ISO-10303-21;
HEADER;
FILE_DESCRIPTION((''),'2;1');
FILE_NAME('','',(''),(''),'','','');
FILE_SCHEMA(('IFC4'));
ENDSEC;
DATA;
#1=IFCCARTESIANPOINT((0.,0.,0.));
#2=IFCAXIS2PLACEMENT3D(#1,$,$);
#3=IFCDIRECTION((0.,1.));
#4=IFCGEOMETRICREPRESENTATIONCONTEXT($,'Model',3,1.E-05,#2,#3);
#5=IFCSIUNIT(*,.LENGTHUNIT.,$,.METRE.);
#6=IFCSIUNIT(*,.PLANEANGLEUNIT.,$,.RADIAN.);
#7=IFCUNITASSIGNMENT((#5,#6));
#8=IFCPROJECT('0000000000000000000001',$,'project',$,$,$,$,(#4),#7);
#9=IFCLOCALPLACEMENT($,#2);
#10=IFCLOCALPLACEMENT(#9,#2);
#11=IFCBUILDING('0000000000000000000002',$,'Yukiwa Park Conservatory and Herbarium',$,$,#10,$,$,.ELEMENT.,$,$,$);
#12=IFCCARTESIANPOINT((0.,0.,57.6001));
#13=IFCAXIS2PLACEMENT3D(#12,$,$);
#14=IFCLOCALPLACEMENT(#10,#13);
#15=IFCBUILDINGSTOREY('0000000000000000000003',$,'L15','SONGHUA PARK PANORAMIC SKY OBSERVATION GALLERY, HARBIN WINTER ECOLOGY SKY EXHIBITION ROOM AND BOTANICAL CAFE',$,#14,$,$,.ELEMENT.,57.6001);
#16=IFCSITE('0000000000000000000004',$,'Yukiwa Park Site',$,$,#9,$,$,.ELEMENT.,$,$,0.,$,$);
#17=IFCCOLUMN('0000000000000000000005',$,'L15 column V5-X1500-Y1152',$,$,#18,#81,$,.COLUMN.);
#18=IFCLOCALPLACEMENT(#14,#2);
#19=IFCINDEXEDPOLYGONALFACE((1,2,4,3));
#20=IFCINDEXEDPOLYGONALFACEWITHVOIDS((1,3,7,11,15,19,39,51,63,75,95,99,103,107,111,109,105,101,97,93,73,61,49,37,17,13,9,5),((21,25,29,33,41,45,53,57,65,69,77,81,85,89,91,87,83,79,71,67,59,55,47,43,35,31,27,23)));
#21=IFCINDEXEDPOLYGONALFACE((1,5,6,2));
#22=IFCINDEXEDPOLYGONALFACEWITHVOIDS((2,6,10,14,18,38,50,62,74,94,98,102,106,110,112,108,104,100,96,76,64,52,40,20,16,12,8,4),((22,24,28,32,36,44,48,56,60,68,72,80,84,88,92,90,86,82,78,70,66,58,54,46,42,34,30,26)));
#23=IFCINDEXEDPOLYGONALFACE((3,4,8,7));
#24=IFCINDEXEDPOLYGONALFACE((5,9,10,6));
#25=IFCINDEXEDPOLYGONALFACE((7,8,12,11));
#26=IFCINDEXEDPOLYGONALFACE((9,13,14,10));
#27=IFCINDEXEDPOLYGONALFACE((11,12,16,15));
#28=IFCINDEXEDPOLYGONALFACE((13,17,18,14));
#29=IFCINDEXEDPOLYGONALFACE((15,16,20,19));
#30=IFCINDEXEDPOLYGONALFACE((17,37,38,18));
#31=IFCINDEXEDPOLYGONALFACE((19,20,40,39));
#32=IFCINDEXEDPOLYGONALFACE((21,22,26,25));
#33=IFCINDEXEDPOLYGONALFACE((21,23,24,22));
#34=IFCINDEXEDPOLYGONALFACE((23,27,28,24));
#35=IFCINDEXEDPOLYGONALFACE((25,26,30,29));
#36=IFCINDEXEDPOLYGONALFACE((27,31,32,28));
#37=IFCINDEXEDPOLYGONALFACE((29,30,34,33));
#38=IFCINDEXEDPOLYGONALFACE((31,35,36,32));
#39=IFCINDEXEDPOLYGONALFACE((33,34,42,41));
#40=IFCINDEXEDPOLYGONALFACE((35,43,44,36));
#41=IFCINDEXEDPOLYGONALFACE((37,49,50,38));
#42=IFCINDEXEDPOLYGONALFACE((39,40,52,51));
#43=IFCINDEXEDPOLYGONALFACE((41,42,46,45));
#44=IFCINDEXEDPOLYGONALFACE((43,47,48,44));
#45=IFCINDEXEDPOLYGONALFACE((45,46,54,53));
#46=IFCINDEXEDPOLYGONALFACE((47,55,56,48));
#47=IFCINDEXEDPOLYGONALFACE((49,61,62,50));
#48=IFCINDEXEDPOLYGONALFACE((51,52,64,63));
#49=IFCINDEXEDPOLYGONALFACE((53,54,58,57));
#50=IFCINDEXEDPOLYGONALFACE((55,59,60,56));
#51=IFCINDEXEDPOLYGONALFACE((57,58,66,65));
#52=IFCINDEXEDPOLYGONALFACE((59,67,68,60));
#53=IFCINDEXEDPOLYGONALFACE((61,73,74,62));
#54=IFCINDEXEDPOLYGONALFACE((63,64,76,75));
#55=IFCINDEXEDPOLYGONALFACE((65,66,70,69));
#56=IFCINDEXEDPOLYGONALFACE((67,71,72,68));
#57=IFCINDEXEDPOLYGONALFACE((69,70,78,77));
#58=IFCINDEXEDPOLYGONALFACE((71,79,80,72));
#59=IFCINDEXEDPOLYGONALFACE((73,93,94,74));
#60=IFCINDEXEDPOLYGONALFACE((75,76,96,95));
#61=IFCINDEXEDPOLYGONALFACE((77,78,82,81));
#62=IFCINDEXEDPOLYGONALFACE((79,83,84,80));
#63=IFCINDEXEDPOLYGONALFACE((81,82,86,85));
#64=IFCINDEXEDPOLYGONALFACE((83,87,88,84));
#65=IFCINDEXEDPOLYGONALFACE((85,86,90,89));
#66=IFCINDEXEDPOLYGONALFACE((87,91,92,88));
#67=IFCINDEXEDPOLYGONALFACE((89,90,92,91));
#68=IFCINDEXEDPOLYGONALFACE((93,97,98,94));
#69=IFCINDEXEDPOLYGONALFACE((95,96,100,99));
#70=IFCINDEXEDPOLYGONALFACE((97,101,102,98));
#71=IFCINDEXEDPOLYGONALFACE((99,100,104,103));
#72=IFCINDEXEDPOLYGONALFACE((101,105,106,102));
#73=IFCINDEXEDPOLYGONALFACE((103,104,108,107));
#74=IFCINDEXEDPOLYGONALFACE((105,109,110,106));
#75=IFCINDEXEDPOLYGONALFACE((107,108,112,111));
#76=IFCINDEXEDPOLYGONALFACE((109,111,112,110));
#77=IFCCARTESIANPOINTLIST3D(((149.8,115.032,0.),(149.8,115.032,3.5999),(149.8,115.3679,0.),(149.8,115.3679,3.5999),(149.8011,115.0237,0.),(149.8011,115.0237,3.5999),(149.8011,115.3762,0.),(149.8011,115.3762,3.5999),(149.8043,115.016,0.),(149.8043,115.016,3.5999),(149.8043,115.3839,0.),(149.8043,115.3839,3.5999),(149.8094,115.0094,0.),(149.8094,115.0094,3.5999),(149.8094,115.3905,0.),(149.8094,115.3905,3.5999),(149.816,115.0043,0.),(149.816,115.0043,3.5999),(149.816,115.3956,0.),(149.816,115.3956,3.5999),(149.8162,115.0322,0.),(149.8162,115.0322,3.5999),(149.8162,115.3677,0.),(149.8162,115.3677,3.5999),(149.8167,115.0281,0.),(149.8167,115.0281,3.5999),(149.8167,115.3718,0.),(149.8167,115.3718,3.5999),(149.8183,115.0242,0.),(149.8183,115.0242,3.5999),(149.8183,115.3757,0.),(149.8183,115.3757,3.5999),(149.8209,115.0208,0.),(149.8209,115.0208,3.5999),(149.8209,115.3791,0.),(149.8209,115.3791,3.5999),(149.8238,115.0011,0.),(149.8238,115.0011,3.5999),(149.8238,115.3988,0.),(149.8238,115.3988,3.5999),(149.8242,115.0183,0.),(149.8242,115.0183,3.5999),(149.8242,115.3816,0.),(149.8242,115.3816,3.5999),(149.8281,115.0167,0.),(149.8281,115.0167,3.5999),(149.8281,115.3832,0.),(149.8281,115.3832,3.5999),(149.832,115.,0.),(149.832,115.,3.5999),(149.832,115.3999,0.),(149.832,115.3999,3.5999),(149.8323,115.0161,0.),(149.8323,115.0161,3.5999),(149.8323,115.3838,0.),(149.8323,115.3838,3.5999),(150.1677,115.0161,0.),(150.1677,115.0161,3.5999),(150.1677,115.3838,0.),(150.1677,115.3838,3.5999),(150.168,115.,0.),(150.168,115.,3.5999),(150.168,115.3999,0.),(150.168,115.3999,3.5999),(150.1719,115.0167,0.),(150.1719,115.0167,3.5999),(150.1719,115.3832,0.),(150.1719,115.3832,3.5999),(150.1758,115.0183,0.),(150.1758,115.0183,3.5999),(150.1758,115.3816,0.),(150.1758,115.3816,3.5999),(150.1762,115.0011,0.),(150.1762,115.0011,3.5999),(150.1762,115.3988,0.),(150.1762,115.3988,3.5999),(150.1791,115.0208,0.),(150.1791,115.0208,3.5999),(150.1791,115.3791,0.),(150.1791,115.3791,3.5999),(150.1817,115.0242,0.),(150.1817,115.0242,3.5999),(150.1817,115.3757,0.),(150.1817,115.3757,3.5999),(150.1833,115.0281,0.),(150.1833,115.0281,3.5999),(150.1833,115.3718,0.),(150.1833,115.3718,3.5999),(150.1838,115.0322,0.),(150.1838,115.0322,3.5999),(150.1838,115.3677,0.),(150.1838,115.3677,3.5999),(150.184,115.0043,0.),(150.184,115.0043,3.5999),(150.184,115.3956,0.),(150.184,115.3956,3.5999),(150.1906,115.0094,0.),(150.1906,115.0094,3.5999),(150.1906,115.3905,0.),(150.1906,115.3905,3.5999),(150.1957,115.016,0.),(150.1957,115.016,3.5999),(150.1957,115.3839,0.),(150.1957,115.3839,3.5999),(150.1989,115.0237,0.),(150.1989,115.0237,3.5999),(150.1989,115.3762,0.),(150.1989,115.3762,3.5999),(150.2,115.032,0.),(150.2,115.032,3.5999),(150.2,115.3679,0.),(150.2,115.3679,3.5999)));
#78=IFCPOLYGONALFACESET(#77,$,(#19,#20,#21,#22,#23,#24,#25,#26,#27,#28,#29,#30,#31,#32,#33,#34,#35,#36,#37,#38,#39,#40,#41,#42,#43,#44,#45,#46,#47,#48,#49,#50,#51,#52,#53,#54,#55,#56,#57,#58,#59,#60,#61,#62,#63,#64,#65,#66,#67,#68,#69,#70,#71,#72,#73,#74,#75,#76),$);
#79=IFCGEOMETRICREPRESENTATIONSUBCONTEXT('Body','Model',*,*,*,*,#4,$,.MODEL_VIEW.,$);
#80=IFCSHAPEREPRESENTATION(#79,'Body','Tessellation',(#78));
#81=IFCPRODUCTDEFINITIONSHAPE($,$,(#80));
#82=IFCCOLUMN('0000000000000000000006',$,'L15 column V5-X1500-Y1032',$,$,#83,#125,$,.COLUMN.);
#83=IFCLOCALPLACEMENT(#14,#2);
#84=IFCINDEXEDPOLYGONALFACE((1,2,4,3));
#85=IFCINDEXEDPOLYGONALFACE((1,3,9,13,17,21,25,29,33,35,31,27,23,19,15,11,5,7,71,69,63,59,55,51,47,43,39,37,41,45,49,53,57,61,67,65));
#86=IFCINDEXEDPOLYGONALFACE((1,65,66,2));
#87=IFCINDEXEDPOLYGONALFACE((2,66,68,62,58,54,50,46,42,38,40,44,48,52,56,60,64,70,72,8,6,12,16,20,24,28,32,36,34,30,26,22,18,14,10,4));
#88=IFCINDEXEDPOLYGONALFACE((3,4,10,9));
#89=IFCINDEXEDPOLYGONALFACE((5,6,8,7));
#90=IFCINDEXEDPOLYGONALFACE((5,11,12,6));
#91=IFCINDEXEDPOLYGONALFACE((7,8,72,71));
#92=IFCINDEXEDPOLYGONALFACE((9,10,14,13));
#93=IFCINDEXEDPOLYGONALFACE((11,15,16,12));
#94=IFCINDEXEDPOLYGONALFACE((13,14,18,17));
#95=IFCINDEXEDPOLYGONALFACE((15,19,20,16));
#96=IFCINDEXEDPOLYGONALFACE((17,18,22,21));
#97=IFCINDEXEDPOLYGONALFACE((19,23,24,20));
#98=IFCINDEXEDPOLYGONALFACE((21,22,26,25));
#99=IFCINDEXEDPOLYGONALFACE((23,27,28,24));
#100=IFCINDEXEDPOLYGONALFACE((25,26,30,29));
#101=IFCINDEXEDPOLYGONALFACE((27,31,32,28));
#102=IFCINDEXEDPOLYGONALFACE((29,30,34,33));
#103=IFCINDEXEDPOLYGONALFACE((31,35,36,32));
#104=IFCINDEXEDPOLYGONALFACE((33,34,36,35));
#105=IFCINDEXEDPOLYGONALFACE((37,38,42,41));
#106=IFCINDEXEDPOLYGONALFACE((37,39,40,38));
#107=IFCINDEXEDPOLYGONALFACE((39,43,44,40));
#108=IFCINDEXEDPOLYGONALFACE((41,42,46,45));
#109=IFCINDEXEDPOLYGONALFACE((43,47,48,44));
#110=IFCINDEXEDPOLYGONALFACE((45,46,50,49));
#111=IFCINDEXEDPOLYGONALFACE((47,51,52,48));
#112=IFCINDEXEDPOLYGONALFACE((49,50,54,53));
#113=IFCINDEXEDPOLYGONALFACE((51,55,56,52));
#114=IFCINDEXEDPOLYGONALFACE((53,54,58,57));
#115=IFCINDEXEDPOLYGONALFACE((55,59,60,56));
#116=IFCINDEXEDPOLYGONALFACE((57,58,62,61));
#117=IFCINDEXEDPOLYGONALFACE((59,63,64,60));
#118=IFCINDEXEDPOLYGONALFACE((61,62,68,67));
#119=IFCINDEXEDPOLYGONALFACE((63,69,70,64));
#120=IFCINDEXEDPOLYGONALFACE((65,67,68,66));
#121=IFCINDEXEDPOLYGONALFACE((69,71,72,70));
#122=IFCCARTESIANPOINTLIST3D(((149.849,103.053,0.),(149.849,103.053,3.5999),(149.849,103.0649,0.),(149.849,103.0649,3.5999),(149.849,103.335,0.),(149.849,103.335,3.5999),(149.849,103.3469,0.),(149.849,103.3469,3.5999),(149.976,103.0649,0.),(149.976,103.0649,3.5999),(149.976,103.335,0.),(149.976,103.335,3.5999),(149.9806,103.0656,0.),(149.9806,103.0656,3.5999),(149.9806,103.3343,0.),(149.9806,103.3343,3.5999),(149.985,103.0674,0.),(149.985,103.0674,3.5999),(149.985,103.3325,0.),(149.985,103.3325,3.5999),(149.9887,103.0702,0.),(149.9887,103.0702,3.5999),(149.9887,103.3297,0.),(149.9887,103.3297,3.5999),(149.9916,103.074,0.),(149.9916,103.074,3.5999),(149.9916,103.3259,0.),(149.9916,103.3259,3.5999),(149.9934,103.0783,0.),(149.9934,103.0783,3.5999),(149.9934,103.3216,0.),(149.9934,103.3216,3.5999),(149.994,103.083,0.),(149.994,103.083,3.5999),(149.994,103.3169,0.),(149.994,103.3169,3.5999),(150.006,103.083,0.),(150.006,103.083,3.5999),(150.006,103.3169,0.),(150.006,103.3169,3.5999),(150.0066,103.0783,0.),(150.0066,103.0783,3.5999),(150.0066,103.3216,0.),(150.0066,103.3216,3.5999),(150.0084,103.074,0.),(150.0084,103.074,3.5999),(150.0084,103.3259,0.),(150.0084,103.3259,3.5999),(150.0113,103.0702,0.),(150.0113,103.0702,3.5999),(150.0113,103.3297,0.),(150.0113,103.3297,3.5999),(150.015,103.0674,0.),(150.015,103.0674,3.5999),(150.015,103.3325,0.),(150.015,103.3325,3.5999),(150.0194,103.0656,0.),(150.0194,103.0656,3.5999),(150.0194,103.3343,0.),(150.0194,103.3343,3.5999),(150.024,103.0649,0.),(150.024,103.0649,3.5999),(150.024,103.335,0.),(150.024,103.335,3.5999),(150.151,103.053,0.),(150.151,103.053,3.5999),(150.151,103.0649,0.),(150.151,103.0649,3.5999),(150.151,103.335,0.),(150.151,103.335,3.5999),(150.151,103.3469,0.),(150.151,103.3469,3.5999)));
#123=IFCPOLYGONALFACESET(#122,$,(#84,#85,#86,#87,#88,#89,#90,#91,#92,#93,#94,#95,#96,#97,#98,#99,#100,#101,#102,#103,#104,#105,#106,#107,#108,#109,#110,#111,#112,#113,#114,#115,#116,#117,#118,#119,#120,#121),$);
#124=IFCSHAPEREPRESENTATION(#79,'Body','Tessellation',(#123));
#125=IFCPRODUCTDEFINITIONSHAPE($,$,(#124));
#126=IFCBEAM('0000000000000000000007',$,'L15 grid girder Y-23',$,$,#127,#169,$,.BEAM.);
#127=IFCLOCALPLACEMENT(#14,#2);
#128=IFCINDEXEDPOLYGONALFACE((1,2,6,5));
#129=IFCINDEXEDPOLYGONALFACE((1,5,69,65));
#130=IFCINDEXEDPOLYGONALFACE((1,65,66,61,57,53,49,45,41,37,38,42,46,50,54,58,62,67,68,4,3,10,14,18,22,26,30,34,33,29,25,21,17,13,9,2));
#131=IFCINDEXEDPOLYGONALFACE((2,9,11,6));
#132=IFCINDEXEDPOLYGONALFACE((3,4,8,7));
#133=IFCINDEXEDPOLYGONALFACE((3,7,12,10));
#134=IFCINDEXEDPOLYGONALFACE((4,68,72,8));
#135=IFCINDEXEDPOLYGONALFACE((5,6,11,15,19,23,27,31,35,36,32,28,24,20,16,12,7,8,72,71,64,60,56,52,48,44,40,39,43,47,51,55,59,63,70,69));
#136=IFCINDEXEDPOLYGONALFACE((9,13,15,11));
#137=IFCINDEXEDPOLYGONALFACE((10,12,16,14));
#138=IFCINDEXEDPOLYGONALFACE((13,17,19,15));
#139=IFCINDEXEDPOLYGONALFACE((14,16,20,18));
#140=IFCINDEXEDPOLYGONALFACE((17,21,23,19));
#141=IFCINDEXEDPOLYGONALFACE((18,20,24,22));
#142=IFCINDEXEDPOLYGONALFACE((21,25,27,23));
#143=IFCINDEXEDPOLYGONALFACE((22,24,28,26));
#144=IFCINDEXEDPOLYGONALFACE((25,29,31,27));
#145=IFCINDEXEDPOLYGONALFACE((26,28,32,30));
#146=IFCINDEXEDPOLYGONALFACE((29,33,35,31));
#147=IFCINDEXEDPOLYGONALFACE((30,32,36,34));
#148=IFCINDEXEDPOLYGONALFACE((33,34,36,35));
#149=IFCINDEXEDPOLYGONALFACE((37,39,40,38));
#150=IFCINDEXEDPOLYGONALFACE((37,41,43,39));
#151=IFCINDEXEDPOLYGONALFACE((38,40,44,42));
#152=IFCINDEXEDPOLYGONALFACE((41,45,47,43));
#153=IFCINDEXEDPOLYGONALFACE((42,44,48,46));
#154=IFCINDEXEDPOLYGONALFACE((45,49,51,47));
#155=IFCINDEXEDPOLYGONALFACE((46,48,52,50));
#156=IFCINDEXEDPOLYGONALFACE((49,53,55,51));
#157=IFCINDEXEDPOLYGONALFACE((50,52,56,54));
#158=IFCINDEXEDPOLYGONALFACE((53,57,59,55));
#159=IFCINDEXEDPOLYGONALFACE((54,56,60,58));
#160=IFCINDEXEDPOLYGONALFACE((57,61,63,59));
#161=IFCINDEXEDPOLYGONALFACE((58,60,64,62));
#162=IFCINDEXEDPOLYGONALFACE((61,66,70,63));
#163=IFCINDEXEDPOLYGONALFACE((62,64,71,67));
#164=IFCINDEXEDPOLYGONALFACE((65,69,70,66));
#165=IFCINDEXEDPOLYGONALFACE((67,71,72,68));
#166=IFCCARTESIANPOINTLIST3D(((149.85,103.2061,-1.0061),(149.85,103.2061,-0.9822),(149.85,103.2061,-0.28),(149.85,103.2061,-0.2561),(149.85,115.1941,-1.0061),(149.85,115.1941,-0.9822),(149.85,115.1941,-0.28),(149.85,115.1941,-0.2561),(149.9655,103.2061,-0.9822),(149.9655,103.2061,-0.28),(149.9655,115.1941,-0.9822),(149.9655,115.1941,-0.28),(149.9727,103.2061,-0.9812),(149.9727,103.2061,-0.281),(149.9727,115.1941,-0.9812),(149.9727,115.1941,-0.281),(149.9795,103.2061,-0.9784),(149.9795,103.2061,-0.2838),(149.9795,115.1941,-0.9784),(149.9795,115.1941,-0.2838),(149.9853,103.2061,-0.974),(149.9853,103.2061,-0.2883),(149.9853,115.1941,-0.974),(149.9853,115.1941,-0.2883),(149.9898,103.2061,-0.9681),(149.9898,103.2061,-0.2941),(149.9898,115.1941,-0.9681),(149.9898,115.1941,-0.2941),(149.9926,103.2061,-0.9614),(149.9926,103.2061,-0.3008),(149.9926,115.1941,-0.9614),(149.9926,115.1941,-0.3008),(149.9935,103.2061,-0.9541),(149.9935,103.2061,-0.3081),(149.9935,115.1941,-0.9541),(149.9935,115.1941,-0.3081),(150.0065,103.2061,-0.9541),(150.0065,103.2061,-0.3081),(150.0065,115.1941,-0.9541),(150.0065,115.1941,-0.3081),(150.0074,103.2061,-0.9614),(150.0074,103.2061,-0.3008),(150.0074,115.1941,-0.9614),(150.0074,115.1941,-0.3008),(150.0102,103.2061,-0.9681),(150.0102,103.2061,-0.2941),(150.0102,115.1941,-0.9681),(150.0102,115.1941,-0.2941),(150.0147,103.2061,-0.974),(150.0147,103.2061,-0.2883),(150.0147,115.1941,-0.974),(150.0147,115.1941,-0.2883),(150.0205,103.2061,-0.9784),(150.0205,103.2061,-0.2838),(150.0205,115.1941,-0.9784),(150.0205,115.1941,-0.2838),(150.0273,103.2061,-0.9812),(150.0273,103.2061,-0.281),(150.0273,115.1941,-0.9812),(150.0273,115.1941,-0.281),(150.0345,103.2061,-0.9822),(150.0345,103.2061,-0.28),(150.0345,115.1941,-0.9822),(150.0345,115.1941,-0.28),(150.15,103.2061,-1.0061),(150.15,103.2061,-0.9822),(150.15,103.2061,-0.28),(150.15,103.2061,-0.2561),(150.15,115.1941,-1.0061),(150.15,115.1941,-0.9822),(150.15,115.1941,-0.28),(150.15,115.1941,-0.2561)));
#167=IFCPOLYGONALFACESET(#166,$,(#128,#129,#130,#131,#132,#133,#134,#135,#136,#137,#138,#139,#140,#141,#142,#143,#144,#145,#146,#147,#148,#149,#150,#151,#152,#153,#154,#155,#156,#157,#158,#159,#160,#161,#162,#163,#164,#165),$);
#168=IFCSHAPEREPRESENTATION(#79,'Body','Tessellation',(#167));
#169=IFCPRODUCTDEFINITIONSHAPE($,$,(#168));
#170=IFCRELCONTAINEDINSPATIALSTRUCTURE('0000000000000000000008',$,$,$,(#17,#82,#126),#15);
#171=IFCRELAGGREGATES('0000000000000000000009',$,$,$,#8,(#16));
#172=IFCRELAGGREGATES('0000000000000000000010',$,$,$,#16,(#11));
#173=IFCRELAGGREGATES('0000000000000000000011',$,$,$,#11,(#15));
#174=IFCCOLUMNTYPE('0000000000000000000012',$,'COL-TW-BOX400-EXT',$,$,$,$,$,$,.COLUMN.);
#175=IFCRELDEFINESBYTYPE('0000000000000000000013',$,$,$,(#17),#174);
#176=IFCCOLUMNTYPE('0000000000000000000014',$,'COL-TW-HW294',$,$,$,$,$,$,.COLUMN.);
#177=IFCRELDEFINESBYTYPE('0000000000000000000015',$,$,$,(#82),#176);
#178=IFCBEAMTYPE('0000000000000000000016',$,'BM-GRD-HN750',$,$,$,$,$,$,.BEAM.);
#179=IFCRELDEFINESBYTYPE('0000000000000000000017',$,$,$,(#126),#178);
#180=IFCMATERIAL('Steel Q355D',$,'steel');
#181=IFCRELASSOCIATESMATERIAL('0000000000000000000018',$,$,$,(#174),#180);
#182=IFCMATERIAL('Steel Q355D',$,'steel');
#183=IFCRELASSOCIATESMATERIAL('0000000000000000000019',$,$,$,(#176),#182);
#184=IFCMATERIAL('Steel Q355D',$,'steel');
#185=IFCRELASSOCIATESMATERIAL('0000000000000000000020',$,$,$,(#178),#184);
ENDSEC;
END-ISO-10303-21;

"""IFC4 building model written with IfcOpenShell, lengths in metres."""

from ifc_helpers import new_model, si_unit, direction, frame, origin, origin_2d, place, context, subcontext, project, spatial, hollow_rectangle, i_section, extrude, material, material_profile, profile_set, type_object, element, save


model = new_model("IFC4")

# Units and contexts
model_context = context("Model", 3, precision=1e-05, world=origin(), true_north=direction((0.0, 1.0)))
body_context = subcontext(model_context, "Body", "Model", "MODEL_VIEW")
ifc_project = project(units=[si_unit("LENGTHUNIT", "METRE"), si_unit("PLANEANGLEUNIT", "RADIAN")], contexts=[model_context])

# Site, building, storey
site_placement = place(None, origin())
site = spatial("IfcSite", under=ifc_project, at=site_placement, Name="Yukiwa Park Site", CompositionType="ELEMENT", RefElevation=0.0)
building_placement = place(site_placement, origin())
building = spatial("IfcBuilding", under=site, at=building_placement, Name="Yukiwa Park Conservatory and Herbarium", CompositionType="ELEMENT")
storey_placement = place(building_placement, frame((0.0, 0.0, 57.6001)))
storey = spatial("IfcBuildingStorey", under=building, at=storey_placement, Name="L15", Description="SONGHUA PARK PANORAMIC SKY OBSERVATION GALLERY, HARBIN WINTER ECOLOGY SKY EXHIBITION ROOM AND BOTANICAL CAFE", CompositionType="ELEMENT", Elevation=57.6001)

# Columns
ifc_material_1 = material(Name="Steel Q355D", Category="steel")
ifc_material_profile_1 = material_profile(ifc_material_1, hollow_rectangle(XDim=0.3999, YDim=0.3999, WallThickness=0.0161, InnerFilletRadius=0.0161, OuterFilletRadius=0.032, at=origin_2d()), Name="BOX 400x400x16")
ifc_profile_set_1 = profile_set([ifc_material_profile_1], Name="Steel Q355D")
column_type_1 = type_object("IfcColumnType", Name="COL-TW-BOX400-EXT", PredefinedType="COLUMN", material=ifc_profile_set_1)
column_1_placement = place(storey_placement, frame((150.0, 115.2, 0.0), z_axis=(0.0, 0.0, 1.0), x_axis=(1.0, 0.0, 0.0)))
element("IfcColumn", 1, at=column_1_placement, inside=storey, type_object=column_type_1, Name="L15 column V5-X1500-Y1152", PredefinedType="COLUMN", context=body_context, shape_type="SweptSolid", body=[
    extrude(hollow_rectangle(XDim=0.3999, YDim=0.3999, WallThickness=0.0161, InnerFilletRadius=0.0161, OuterFilletRadius=0.032, at=origin_2d()), origin(), (0.0, 0.0, 1.0), 3.5999),
])
ifc_material_2 = material(Name="Steel Q355D", Category="steel")
ifc_material_profile_2 = material_profile(ifc_material_2, i_section(OverallWidth=0.302, OverallDepth=0.2939, WebThickness=0.012, FlangeThickness=0.012, FilletRadius=0.0181, at=origin_2d()), Name="HW 294x302x12x12")
ifc_profile_set_2 = profile_set([ifc_material_profile_2], Name="Steel Q355D")
column_type_2 = type_object("IfcColumnType", Name="COL-TW-HW294", PredefinedType="COLUMN", material=ifc_profile_set_2)
column_2_placement = place(storey_placement, frame((150.0, 103.2, 0.0), z_axis=(0.0, 0.0, 1.0), x_axis=(1.0, 0.0, 0.0)))
element("IfcColumn", 2, at=column_2_placement, inside=storey, type_object=column_type_2, Name="L15 column V5-X1500-Y1032", PredefinedType="COLUMN", context=body_context, shape_type="SweptSolid", body=[
    extrude(i_section(OverallWidth=0.302, OverallDepth=0.2939, WebThickness=0.012, FlangeThickness=0.012, FilletRadius=0.0181, at=origin_2d()), origin(), (0.0, 0.0, 1.0), 3.5999),
])

# Beam
ifc_material_3 = material(Name="Steel Q355D", Category="steel")
ifc_material_profile_3 = material_profile(ifc_material_3, i_section(OverallWidth=0.3, OverallDepth=0.75, WebThickness=0.0129, FlangeThickness=0.0239, FilletRadius=0.0281, at=origin_2d()), Name="HN 750x300x13x24")
ifc_profile_set_3 = profile_set([ifc_material_profile_3], Name="Steel Q355D")
beam_type_1 = type_object("IfcBeamType", Name="BM-GRD-HN750", PredefinedType="BEAM", material=ifc_profile_set_3)
beam_placement = place(storey_placement, frame((150.0, 103.2061, -0.6311), z_axis=(0.0, 1.0, 0.0), x_axis=(-1.0, 0.0, 0.0)))
element("IfcBeam", 3, at=beam_placement, inside=storey, type_object=beam_type_1, Name="L15 grid girder Y-23", PredefinedType="BEAM", context=body_context, shape_type="SweptSolid", body=[
    extrude(i_section(OverallWidth=0.3, OverallDepth=0.75, WebThickness=0.0129, FlangeThickness=0.0239, FilletRadius=0.0281, at=origin_2d()), origin(), (0.0, 0.0, 1.0), 11.988),
])

save(model, "model.ifc")
